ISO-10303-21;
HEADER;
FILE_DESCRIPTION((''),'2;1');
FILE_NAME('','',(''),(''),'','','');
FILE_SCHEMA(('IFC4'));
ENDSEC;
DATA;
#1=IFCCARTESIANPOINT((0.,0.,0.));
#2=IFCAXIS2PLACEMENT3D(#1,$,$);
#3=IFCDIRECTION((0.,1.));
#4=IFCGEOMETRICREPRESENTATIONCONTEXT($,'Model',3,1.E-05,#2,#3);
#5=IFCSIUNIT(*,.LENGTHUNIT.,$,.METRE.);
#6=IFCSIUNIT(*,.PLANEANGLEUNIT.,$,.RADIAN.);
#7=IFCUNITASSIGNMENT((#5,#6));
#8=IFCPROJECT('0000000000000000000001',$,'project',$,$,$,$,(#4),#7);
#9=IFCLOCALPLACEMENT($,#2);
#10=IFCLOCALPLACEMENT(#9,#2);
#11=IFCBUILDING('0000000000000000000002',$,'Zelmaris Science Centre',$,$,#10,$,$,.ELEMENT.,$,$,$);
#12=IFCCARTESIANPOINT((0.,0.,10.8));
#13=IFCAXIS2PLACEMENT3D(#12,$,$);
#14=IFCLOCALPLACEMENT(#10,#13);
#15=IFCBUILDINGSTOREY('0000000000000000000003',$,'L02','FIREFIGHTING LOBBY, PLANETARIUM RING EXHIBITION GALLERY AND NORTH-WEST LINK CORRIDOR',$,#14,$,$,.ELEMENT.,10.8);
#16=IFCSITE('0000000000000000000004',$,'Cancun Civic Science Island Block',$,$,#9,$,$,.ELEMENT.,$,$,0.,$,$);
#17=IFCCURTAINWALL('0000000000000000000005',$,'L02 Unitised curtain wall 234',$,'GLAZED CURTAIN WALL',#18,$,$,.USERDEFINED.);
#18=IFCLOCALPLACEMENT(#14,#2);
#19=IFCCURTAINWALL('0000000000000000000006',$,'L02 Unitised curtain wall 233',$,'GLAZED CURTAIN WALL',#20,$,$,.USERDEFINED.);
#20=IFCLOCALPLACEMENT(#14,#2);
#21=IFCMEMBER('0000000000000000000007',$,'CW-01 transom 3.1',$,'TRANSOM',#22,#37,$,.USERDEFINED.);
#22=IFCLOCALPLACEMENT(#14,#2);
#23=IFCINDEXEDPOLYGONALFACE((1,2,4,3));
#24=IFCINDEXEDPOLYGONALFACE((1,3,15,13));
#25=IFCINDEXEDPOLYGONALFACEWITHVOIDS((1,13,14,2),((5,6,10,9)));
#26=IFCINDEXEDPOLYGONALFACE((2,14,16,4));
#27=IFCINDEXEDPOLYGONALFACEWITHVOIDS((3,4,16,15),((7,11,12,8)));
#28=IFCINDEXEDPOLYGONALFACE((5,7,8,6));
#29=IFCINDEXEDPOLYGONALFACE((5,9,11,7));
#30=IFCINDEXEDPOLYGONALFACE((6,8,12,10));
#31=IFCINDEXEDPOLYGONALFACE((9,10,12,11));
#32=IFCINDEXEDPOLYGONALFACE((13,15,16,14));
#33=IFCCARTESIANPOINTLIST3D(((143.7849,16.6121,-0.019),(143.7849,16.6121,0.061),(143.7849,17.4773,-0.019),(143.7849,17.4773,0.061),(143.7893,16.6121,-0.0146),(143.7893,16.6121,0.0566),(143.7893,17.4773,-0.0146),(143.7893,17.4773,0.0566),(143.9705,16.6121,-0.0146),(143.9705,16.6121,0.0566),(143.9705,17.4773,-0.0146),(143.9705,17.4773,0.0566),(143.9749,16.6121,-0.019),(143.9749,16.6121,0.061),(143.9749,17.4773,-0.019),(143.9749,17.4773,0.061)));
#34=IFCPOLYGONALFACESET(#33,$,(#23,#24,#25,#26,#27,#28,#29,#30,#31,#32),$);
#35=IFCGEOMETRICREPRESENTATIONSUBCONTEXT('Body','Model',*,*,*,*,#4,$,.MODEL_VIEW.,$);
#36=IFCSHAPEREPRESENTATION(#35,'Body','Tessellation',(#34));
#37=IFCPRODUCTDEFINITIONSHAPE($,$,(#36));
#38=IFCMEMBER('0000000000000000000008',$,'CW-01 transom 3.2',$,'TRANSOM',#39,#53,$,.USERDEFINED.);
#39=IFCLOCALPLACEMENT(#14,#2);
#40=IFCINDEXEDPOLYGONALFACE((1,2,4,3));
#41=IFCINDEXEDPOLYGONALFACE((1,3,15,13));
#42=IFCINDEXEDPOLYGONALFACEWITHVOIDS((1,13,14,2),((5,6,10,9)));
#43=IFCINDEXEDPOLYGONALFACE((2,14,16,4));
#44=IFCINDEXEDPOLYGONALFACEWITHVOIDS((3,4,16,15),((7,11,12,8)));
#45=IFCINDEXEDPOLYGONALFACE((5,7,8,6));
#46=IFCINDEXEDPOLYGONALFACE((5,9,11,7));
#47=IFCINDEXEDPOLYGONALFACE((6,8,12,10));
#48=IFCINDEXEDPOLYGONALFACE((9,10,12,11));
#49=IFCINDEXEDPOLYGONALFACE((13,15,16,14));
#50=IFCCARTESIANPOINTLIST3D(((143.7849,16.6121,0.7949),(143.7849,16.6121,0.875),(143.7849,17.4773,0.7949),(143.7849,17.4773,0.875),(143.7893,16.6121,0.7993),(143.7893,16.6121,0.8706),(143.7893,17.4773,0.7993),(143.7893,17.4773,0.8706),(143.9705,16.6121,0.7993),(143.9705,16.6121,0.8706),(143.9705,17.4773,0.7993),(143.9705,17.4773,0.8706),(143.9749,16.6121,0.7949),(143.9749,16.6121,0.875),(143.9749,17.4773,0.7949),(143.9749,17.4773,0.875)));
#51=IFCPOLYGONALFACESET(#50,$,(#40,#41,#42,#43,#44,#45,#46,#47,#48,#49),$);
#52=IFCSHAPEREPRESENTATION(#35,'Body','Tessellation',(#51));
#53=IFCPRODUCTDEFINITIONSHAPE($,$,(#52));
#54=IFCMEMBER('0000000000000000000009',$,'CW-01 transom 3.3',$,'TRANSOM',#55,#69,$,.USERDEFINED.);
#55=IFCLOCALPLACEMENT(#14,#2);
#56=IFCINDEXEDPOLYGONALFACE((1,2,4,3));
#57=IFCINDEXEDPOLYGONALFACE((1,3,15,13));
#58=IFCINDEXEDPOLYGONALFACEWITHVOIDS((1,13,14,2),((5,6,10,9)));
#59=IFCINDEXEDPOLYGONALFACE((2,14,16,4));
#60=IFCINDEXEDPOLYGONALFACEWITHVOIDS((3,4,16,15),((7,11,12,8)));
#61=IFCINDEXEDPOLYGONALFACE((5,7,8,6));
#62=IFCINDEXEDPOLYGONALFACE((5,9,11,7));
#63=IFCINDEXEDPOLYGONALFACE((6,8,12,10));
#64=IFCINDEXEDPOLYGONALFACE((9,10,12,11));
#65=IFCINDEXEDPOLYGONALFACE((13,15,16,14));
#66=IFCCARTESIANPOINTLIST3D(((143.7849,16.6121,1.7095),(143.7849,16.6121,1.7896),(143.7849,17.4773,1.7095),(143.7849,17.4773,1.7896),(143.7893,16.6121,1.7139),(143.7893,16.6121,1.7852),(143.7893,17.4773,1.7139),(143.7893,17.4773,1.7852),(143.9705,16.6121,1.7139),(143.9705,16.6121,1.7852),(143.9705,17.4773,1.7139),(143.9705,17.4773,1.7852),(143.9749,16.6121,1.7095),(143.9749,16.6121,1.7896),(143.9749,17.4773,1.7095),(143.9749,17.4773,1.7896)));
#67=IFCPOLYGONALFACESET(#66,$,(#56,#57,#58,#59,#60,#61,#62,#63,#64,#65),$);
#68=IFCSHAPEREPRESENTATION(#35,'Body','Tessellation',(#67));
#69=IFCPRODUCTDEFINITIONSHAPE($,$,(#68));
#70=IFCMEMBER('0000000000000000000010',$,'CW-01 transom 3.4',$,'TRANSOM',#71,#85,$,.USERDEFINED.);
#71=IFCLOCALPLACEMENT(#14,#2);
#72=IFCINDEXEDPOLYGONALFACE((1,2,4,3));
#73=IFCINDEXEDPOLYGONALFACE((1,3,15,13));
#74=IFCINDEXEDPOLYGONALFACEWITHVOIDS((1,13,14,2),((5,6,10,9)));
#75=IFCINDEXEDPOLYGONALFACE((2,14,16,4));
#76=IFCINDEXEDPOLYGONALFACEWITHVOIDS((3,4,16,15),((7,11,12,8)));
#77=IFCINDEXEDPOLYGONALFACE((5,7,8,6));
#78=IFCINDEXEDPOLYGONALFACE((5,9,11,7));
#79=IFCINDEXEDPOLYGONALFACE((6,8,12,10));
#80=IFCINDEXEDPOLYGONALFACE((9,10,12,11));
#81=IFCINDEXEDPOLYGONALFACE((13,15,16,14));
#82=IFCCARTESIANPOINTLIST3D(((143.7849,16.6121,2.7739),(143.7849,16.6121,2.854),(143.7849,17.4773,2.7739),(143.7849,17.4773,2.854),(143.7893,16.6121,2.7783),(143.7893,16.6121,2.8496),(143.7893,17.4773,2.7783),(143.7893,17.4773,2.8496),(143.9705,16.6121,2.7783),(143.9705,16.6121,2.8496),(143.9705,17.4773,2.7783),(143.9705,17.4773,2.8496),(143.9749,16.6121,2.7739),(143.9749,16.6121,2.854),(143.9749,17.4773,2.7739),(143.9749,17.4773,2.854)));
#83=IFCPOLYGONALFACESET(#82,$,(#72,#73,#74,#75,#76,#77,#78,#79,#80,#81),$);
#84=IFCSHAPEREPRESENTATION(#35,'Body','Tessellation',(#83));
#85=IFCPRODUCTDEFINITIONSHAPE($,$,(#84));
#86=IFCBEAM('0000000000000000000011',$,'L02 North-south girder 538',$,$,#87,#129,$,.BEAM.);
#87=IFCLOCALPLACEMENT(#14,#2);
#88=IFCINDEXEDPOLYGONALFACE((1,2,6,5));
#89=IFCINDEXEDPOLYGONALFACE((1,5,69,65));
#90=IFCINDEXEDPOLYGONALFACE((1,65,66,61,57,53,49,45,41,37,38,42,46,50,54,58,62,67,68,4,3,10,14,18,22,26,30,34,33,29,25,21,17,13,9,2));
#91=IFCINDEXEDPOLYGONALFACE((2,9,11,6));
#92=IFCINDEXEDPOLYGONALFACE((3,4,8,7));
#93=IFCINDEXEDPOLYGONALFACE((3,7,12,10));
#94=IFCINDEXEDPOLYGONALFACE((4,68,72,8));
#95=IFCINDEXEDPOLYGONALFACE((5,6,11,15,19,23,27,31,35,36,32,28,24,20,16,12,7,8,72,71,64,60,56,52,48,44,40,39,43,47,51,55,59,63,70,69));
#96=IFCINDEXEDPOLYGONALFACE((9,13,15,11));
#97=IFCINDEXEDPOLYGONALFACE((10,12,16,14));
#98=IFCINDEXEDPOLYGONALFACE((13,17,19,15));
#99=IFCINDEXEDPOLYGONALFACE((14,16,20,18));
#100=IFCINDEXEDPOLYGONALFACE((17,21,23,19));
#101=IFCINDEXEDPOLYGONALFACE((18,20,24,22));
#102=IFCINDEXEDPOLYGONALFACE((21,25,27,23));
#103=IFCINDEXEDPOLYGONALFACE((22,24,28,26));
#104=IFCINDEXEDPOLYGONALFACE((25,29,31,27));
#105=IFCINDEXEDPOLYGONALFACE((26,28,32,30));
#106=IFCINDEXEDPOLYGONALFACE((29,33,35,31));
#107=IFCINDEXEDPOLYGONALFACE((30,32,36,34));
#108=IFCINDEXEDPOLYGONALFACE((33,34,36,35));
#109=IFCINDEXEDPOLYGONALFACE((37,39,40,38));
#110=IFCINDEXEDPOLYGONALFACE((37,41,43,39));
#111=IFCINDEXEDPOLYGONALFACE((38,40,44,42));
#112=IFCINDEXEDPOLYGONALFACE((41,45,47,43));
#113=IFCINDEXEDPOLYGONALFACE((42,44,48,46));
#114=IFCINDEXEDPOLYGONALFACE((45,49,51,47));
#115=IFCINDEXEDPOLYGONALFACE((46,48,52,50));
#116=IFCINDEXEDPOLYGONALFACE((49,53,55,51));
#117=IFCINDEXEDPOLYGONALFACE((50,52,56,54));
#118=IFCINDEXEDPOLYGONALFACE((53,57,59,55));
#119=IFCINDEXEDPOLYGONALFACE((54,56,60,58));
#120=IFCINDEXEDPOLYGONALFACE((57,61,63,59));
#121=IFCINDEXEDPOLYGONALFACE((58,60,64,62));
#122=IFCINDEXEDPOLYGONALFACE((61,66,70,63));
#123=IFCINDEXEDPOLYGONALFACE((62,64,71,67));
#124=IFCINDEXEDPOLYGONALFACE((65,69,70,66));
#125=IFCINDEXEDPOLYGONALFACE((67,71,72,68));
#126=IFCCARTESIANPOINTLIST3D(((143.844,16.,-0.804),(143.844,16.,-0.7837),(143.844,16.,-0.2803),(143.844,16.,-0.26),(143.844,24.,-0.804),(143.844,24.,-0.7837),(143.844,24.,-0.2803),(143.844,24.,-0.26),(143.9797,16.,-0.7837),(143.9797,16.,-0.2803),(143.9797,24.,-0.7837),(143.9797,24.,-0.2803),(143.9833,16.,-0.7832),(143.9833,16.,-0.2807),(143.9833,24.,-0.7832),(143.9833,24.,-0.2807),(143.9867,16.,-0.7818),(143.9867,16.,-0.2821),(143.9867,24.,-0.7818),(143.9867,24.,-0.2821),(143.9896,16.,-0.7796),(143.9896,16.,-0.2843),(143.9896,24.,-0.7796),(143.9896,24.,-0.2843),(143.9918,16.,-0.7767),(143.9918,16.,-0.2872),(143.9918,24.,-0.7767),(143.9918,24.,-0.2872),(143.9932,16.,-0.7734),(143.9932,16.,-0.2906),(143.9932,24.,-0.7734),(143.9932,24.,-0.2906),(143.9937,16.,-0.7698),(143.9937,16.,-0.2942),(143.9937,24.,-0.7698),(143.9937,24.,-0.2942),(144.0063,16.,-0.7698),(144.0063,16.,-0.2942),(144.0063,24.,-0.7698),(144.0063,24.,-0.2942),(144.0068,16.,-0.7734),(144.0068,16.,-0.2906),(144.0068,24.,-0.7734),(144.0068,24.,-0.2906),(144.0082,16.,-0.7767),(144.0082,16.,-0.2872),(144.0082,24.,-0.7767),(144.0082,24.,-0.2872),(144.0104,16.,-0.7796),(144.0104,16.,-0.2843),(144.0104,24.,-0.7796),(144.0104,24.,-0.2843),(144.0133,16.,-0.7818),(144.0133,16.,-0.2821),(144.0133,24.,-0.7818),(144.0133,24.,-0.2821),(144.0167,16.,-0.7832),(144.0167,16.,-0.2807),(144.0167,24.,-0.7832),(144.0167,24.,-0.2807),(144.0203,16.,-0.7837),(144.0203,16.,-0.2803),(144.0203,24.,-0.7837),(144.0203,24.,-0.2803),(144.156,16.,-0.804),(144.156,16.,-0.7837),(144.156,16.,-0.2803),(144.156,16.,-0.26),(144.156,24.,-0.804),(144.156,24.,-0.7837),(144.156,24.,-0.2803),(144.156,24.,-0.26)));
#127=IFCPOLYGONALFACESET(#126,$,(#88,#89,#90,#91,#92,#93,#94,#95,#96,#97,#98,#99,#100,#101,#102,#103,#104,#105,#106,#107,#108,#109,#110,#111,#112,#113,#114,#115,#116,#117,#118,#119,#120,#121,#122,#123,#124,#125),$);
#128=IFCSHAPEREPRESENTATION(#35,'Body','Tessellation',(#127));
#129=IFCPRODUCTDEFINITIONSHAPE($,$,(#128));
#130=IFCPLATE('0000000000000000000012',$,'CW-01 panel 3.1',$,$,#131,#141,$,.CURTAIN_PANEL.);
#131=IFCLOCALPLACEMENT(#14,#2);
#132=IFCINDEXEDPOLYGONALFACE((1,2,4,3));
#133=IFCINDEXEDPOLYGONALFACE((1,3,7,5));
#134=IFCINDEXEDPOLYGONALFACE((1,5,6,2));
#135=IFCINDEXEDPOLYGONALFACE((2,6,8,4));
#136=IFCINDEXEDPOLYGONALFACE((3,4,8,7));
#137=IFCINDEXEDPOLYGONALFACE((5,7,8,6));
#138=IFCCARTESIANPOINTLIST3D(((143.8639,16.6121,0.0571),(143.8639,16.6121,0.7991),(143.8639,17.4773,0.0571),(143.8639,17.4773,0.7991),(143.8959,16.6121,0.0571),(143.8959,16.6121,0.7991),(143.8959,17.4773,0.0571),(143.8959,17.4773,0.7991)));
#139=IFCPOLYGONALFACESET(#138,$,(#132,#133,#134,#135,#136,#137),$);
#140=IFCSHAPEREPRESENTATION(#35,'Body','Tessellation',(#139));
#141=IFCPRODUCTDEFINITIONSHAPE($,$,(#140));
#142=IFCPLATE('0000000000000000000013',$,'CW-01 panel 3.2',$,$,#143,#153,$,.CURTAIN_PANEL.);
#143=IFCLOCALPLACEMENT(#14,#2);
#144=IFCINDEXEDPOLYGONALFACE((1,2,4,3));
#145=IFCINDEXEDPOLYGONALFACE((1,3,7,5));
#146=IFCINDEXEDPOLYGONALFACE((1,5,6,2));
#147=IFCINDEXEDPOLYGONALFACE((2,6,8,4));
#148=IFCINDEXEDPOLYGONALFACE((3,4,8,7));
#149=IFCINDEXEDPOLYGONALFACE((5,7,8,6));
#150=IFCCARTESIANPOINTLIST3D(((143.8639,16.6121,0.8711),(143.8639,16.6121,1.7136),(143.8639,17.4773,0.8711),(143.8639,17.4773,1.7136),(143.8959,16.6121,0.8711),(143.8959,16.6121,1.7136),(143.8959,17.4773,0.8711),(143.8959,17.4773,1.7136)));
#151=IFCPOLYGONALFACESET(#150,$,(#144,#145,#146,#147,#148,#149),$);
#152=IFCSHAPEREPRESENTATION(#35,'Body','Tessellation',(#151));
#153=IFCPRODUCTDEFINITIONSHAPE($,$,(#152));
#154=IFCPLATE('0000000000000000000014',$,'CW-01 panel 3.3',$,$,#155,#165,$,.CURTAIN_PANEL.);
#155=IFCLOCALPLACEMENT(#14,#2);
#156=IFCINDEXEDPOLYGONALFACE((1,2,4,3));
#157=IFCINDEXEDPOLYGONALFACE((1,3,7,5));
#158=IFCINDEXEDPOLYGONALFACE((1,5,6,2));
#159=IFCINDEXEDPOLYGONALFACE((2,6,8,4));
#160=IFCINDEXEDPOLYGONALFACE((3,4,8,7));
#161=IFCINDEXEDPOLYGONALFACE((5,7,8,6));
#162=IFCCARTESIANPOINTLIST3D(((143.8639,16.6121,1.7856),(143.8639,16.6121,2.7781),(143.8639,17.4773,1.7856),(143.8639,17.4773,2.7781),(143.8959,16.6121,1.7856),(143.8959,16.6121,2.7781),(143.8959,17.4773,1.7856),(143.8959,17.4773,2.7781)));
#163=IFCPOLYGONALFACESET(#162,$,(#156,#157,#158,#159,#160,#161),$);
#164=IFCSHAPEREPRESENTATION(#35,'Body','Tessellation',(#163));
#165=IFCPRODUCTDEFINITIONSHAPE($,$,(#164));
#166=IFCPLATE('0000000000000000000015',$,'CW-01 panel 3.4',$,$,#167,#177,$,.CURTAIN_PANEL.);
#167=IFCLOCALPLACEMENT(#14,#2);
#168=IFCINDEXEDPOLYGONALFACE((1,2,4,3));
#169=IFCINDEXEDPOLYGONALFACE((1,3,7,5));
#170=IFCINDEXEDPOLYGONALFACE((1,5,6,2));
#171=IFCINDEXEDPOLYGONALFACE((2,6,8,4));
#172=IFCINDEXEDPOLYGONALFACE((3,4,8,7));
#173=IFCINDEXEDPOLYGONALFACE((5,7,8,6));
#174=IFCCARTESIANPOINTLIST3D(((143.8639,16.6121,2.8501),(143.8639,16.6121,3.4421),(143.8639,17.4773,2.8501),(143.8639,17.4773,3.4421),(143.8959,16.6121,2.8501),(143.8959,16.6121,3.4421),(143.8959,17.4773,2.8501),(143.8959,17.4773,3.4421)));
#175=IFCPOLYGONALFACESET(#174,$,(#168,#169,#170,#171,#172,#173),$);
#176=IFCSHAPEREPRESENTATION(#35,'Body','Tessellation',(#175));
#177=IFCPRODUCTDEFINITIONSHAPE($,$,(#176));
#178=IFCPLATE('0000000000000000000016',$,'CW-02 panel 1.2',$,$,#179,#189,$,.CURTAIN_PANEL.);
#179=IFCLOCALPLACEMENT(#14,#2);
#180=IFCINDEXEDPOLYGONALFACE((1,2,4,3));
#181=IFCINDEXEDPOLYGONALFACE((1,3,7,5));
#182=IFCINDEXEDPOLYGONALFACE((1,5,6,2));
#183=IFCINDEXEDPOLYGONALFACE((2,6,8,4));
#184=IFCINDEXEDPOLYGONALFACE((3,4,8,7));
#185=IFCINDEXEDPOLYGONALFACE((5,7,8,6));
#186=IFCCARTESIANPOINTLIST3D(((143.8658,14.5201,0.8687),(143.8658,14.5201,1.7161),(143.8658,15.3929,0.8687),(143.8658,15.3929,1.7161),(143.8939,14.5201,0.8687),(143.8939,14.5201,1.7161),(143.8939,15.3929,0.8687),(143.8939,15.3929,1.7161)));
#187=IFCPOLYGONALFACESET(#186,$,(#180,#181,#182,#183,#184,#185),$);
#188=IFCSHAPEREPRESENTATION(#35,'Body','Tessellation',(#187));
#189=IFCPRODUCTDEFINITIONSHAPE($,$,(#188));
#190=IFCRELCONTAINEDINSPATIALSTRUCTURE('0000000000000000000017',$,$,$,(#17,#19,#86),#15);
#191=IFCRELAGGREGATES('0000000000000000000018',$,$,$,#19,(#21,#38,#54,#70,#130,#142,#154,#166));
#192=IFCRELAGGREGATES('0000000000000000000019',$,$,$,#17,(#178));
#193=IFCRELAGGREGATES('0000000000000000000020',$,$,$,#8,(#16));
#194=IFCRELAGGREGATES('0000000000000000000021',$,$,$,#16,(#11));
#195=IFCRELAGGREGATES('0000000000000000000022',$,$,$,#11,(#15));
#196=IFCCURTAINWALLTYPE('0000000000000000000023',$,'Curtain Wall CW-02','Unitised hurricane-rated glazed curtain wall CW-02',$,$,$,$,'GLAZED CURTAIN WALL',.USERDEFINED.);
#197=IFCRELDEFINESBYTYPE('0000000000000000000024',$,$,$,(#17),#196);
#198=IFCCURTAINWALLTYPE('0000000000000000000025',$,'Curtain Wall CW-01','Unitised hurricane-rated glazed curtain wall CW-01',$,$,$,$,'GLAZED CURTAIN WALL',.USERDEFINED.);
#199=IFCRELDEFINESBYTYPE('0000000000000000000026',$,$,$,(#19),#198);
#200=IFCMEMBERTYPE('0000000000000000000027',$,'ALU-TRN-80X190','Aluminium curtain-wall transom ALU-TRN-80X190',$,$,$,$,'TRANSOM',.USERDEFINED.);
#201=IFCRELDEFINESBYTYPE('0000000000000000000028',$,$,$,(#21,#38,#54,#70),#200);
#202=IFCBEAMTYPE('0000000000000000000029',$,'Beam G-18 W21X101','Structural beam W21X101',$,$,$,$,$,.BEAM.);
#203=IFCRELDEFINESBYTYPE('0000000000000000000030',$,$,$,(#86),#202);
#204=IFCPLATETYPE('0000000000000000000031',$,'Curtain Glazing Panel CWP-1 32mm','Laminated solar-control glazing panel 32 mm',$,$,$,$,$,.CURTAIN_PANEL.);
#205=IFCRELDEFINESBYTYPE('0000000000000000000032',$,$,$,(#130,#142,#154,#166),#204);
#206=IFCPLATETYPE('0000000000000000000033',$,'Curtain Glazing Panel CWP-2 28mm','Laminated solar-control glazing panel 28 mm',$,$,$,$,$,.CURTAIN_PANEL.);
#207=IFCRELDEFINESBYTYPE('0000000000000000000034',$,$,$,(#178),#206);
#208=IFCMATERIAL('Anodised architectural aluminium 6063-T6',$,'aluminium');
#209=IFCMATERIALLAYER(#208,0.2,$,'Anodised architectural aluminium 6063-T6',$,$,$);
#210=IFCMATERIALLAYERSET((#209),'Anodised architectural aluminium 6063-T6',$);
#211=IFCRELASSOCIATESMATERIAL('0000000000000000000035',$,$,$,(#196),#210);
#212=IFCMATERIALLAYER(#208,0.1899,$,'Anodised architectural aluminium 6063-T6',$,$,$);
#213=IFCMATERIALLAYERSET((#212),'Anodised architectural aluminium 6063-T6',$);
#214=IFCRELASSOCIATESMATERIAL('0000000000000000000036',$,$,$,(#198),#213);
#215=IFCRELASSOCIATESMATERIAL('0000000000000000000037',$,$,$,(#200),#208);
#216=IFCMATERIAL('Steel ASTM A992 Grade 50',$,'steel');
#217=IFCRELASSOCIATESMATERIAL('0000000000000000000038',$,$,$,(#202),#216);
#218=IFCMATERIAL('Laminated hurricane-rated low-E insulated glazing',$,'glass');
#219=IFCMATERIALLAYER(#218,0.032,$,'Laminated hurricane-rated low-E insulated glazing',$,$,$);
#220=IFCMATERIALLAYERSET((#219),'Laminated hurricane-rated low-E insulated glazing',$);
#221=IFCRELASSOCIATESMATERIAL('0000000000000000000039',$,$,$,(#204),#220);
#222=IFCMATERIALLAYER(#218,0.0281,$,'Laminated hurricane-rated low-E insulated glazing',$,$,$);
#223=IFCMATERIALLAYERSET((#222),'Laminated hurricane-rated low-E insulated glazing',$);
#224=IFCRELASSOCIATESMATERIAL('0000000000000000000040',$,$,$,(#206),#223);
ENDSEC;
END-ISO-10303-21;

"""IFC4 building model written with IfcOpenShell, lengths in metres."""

from ifc_helpers import new_model, si_unit, direction, frame, origin, origin_2d, place, context, subcontext, project, spatial, rectangle, hollow_rectangle, i_section, extrude, material, layer, layer_set, material_profile, profile_set, type_object, element, aggregate, save


model = new_model("IFC4")

# Units and contexts
model_context = context("Model", 3, precision=1e-05, world=origin(), true_north=direction((0.0, 1.0)))
body_context = subcontext(model_context, "Body", "Model", "MODEL_VIEW")
ifc_project = project(units=[si_unit("LENGTHUNIT", "METRE"), si_unit("PLANEANGLEUNIT", "RADIAN")], contexts=[model_context])

# Site, building, storey
site_placement = place(None, origin())
site = spatial("IfcSite", under=ifc_project, at=site_placement, Name="Cancun Civic Science Island Block", CompositionType="ELEMENT", RefElevation=0.0)
building_placement = place(site_placement, origin())
building = spatial("IfcBuilding", under=site, at=building_placement, Name="Zelmaris Science Centre", CompositionType="ELEMENT")
storey_placement = place(building_placement, frame((0.0, 0.0, 10.8)))
storey = spatial("IfcBuildingStorey", under=building, at=storey_placement, Name="L02", Description="FIREFIGHTING LOBBY, PLANETARIUM RING EXHIBITION GALLERY AND NORTH-WEST LINK CORRIDOR", CompositionType="ELEMENT", Elevation=10.8)

# Shared definitions
ifc_material_1 = material(Name="Steel ASTM A992 Grade 50", Category="steel")

# Curtain walls
ifc_material_2 = material(Name="Anodised architectural aluminium 6063-T6", Category="aluminium")
ifc_layer_1 = layer(ifc_material_2, 0.2, Name="Anodised architectural aluminium 6063-T6")
ifc_layer_set_1 = layer_set([ifc_layer_1], Name="Anodised architectural aluminium 6063-T6")
curtain_wall_type_1 = type_object("IfcCurtainWallType", Name="Curtain Wall CW-02", Description="Unitised hurricane-rated glazed curtain wall CW-02", ElementType="GLAZED CURTAIN WALL", PredefinedType="USERDEFINED", material=ifc_layer_set_1)
curtain_wall_1_placement = place(storey_placement, origin())
curtain_wall_1 = element("IfcCurtainWall", 1, at=curtain_wall_1_placement, inside=storey, type_object=curtain_wall_type_1, Name="L02 Unitised curtain wall 234", ObjectType="GLAZED CURTAIN WALL", PredefinedType="USERDEFINED")
ifc_layer_2 = layer(ifc_material_2, 0.1899, Name="Anodised architectural aluminium 6063-T6")
ifc_layer_set_2 = layer_set([ifc_layer_2], Name="Anodised architectural aluminium 6063-T6")
curtain_wall_type_2 = type_object("IfcCurtainWallType", Name="Curtain Wall CW-01", Description="Unitised hurricane-rated glazed curtain wall CW-01", ElementType="GLAZED CURTAIN WALL", PredefinedType="USERDEFINED", material=ifc_layer_set_2)
curtain_wall_2_placement = place(storey_placement, origin())
curtain_wall_2 = element("IfcCurtainWall", 2, at=curtain_wall_2_placement, inside=storey, type_object=curtain_wall_type_2, Name="L02 Unitised curtain wall 233", ObjectType="GLAZED CURTAIN WALL", PredefinedType="USERDEFINED")

# Members
ifc_material_profile_1 = material_profile(ifc_material_2, hollow_rectangle(XDim=0.0801, YDim=0.1899, WallThickness=0.0044, at=origin_2d()), Name="ALU-TRN-80X190")
ifc_profile_set_1 = profile_set([ifc_material_profile_1], Name="Anodised architectural aluminium 6063-T6")
member_type_1 = type_object("IfcMemberType", Name="ALU-TRN-80X190", Description="Aluminium curtain-wall transom ALU-TRN-80X190", ElementType="TRANSOM", PredefinedType="USERDEFINED", material=ifc_profile_set_1)
member_1_placement = place(storey_placement, frame((143.8799, 17.4773, 0.021), z_axis=(0.0, -1.0, 0.0), x_axis=(0.0, 0.0, 1.0)))
member_1 = element("IfcMember", 3, at=member_1_placement, type_object=member_type_1, Name="CW-01 transom 3.1", ObjectType="TRANSOM", PredefinedType="USERDEFINED", context=body_context, shape_type="SweptSolid", body=[
    extrude(hollow_rectangle(XDim=0.0801, YDim=0.1899, WallThickness=0.0044, at=origin_2d()), origin(), (0.0, 0.0, 1.0), 0.8652),
])
member_2_placement = place(storey_placement, frame((143.8799, 17.4773, 0.835), z_axis=(0.0, -1.0, 0.0), x_axis=(0.0, 0.0, 1.0)))
member_2 = element("IfcMember", 4, at=member_2_placement, type_object=member_type_1, Name="CW-01 transom 3.2", ObjectType="TRANSOM", PredefinedType="USERDEFINED", context=body_context, shape_type="SweptSolid", body=[
    extrude(hollow_rectangle(XDim=0.0801, YDim=0.1899, WallThickness=0.0044, at=origin_2d()), origin(), (0.0, 0.0, 1.0), 0.8652),
])
member_3_placement = place(storey_placement, frame((143.8799, 17.4773, 1.7495), z_axis=(0.0, -1.0, 0.0), x_axis=(0.0, 0.0, 1.0)))
member_3 = element("IfcMember", 5, at=member_3_placement, type_object=member_type_1, Name="CW-01 transom 3.3", ObjectType="TRANSOM", PredefinedType="USERDEFINED", context=body_context, shape_type="SweptSolid", body=[
    extrude(hollow_rectangle(XDim=0.0801, YDim=0.1899, WallThickness=0.0044, at=origin_2d()), origin(), (0.0, 0.0, 1.0), 0.8652),
])
member_4_placement = place(storey_placement, frame((143.8799, 17.4773, 2.814), z_axis=(0.0, -1.0, 0.0), x_axis=(0.0, 0.0, 1.0)))
member_4 = element("IfcMember", 6, at=member_4_placement, type_object=member_type_1, Name="CW-01 transom 3.4", ObjectType="TRANSOM", PredefinedType="USERDEFINED", context=body_context, shape_type="SweptSolid", body=[
    extrude(hollow_rectangle(XDim=0.0801, YDim=0.1899, WallThickness=0.0044, at=origin_2d()), origin(), (0.0, 0.0, 1.0), 0.8652),
])

# Beam
ifc_material_profile_2 = material_profile(ifc_material_1, i_section(OverallWidth=0.312, OverallDepth=0.5439, WebThickness=0.0127, FlangeThickness=0.0203, FilletRadius=0.0139, at=origin_2d()), Name="W21X101")
ifc_profile_set_2 = profile_set([ifc_material_profile_2], Name="Steel ASTM A992 Grade 50")
beam_type = type_object("IfcBeamType", Name="Beam G-18 W21X101", Description="Structural beam W21X101", PredefinedType="BEAM", material=ifc_profile_set_2)
beam_placement = place(storey_placement, frame((144.0, 16.0, -0.532), z_axis=(0.0, 1.0, 0.0), x_axis=(-1.0, 0.0, 0.0)))
element("IfcBeam", 7, at=beam_placement, inside=storey, type_object=beam_type, Name="L02 North-south girder 538", PredefinedType="BEAM", context=body_context, shape_type="SweptSolid", body=[
    extrude(i_section(OverallWidth=0.312, OverallDepth=0.5439, WebThickness=0.0127, FlangeThickness=0.0203, FilletRadius=0.0139, at=origin_2d()), origin(), (0.0, 0.0, 1.0), 8.0),
])

# Plates
ifc_material_3 = material(Name="Laminated hurricane-rated low-E insulated glazing", Category="glass")
ifc_layer_3 = layer(ifc_material_3, 0.032, Name="Laminated hurricane-rated low-E insulated glazing")
ifc_layer_set_3 = layer_set([ifc_layer_3], Name="Laminated hurricane-rated low-E insulated glazing")
plate_type_1 = type_object("IfcPlateType", Name="Curtain Glazing Panel CWP-1 32mm", Description="Laminated solar-control glazing panel 32 mm", PredefinedType="CURTAIN_PANEL", material=ifc_layer_set_3)
plate_1_placement = place(storey_placement, frame((143.8799, 17.0447, 0.0571), z_axis=(0.0, 0.0, 1.0), x_axis=(0.0, -1.0, 0.0)))
plate_1 = element("IfcPlate", 8, at=plate_1_placement, type_object=plate_type_1, Name="CW-01 panel 3.1", PredefinedType="CURTAIN_PANEL", context=body_context, shape_type="SweptSolid", body=[
    extrude(rectangle(XDim=0.8652, YDim=0.032, at=origin_2d()), origin(), (0.0, 0.0, 1.0), 0.7419),
])
plate_2_placement = place(storey_placement, frame((143.8799, 17.0447, 0.8711), z_axis=(0.0, 0.0, 1.0), x_axis=(0.0, -1.0, 0.0)))
plate_2 = element("IfcPlate", 9, at=plate_2_placement, type_object=plate_type_1, Name="CW-01 panel 3.2", PredefinedType="CURTAIN_PANEL", context=body_context, shape_type="SweptSolid", body=[
    extrude(rectangle(XDim=0.8652, YDim=0.032, at=origin_2d()), origin(), (0.0, 0.0, 1.0), 0.8425),
])
plate_3_placement = place(storey_placement, frame((143.8799, 17.0447, 1.7856), z_axis=(0.0, 0.0, 1.0), x_axis=(0.0, -1.0, 0.0)))
plate_3 = element("IfcPlate", 10, at=plate_3_placement, type_object=plate_type_1, Name="CW-01 panel 3.3", PredefinedType="CURTAIN_PANEL", context=body_context, shape_type="SweptSolid", body=[
    extrude(rectangle(XDim=0.8652, YDim=0.032, at=origin_2d()), origin(), (0.0, 0.0, 1.0), 0.9924),
])
plate_4_placement = place(storey_placement, frame((143.8799, 17.0447, 2.8501), z_axis=(0.0, 0.0, 1.0), x_axis=(0.0, -1.0, 0.0)))
plate_4 = element("IfcPlate", 11, at=plate_4_placement, type_object=plate_type_1, Name="CW-01 panel 3.4", PredefinedType="CURTAIN_PANEL", context=body_context, shape_type="SweptSolid", body=[
    extrude(rectangle(XDim=0.8652, YDim=0.032, at=origin_2d()), origin(), (0.0, 0.0, 1.0), 0.592),
])
aggregate(curtain_wall_2, [member_1, member_2, member_3, member_4, plate_1, plate_2, plate_3, plate_4])
ifc_layer_4 = layer(ifc_material_3, 0.0281, Name="Laminated hurricane-rated low-E insulated glazing")
ifc_layer_set_4 = layer_set([ifc_layer_4], Name="Laminated hurricane-rated low-E insulated glazing")
plate_type_2 = type_object("IfcPlateType", Name="Curtain Glazing Panel CWP-2 28mm", Description="Laminated solar-control glazing panel 28 mm", PredefinedType="CURTAIN_PANEL", material=ifc_layer_set_4)
plate_5_placement = place(storey_placement, frame((143.8799, 14.9565, 0.8687), z_axis=(0.0, 0.0, 1.0), x_axis=(0.0, -1.0, 0.0)))
plate_5 = element("IfcPlate", 12, at=plate_5_placement, type_object=plate_type_2, Name="CW-02 panel 1.2", PredefinedType="CURTAIN_PANEL", context=body_context, shape_type="SweptSolid", body=[
    extrude(rectangle(XDim=0.8728, YDim=0.0281, at=origin_2d()), origin(), (0.0, 0.0, 1.0), 0.8474),
])
aggregate(curtain_wall_1, [plate_5])

save(model, "model.ifc")
